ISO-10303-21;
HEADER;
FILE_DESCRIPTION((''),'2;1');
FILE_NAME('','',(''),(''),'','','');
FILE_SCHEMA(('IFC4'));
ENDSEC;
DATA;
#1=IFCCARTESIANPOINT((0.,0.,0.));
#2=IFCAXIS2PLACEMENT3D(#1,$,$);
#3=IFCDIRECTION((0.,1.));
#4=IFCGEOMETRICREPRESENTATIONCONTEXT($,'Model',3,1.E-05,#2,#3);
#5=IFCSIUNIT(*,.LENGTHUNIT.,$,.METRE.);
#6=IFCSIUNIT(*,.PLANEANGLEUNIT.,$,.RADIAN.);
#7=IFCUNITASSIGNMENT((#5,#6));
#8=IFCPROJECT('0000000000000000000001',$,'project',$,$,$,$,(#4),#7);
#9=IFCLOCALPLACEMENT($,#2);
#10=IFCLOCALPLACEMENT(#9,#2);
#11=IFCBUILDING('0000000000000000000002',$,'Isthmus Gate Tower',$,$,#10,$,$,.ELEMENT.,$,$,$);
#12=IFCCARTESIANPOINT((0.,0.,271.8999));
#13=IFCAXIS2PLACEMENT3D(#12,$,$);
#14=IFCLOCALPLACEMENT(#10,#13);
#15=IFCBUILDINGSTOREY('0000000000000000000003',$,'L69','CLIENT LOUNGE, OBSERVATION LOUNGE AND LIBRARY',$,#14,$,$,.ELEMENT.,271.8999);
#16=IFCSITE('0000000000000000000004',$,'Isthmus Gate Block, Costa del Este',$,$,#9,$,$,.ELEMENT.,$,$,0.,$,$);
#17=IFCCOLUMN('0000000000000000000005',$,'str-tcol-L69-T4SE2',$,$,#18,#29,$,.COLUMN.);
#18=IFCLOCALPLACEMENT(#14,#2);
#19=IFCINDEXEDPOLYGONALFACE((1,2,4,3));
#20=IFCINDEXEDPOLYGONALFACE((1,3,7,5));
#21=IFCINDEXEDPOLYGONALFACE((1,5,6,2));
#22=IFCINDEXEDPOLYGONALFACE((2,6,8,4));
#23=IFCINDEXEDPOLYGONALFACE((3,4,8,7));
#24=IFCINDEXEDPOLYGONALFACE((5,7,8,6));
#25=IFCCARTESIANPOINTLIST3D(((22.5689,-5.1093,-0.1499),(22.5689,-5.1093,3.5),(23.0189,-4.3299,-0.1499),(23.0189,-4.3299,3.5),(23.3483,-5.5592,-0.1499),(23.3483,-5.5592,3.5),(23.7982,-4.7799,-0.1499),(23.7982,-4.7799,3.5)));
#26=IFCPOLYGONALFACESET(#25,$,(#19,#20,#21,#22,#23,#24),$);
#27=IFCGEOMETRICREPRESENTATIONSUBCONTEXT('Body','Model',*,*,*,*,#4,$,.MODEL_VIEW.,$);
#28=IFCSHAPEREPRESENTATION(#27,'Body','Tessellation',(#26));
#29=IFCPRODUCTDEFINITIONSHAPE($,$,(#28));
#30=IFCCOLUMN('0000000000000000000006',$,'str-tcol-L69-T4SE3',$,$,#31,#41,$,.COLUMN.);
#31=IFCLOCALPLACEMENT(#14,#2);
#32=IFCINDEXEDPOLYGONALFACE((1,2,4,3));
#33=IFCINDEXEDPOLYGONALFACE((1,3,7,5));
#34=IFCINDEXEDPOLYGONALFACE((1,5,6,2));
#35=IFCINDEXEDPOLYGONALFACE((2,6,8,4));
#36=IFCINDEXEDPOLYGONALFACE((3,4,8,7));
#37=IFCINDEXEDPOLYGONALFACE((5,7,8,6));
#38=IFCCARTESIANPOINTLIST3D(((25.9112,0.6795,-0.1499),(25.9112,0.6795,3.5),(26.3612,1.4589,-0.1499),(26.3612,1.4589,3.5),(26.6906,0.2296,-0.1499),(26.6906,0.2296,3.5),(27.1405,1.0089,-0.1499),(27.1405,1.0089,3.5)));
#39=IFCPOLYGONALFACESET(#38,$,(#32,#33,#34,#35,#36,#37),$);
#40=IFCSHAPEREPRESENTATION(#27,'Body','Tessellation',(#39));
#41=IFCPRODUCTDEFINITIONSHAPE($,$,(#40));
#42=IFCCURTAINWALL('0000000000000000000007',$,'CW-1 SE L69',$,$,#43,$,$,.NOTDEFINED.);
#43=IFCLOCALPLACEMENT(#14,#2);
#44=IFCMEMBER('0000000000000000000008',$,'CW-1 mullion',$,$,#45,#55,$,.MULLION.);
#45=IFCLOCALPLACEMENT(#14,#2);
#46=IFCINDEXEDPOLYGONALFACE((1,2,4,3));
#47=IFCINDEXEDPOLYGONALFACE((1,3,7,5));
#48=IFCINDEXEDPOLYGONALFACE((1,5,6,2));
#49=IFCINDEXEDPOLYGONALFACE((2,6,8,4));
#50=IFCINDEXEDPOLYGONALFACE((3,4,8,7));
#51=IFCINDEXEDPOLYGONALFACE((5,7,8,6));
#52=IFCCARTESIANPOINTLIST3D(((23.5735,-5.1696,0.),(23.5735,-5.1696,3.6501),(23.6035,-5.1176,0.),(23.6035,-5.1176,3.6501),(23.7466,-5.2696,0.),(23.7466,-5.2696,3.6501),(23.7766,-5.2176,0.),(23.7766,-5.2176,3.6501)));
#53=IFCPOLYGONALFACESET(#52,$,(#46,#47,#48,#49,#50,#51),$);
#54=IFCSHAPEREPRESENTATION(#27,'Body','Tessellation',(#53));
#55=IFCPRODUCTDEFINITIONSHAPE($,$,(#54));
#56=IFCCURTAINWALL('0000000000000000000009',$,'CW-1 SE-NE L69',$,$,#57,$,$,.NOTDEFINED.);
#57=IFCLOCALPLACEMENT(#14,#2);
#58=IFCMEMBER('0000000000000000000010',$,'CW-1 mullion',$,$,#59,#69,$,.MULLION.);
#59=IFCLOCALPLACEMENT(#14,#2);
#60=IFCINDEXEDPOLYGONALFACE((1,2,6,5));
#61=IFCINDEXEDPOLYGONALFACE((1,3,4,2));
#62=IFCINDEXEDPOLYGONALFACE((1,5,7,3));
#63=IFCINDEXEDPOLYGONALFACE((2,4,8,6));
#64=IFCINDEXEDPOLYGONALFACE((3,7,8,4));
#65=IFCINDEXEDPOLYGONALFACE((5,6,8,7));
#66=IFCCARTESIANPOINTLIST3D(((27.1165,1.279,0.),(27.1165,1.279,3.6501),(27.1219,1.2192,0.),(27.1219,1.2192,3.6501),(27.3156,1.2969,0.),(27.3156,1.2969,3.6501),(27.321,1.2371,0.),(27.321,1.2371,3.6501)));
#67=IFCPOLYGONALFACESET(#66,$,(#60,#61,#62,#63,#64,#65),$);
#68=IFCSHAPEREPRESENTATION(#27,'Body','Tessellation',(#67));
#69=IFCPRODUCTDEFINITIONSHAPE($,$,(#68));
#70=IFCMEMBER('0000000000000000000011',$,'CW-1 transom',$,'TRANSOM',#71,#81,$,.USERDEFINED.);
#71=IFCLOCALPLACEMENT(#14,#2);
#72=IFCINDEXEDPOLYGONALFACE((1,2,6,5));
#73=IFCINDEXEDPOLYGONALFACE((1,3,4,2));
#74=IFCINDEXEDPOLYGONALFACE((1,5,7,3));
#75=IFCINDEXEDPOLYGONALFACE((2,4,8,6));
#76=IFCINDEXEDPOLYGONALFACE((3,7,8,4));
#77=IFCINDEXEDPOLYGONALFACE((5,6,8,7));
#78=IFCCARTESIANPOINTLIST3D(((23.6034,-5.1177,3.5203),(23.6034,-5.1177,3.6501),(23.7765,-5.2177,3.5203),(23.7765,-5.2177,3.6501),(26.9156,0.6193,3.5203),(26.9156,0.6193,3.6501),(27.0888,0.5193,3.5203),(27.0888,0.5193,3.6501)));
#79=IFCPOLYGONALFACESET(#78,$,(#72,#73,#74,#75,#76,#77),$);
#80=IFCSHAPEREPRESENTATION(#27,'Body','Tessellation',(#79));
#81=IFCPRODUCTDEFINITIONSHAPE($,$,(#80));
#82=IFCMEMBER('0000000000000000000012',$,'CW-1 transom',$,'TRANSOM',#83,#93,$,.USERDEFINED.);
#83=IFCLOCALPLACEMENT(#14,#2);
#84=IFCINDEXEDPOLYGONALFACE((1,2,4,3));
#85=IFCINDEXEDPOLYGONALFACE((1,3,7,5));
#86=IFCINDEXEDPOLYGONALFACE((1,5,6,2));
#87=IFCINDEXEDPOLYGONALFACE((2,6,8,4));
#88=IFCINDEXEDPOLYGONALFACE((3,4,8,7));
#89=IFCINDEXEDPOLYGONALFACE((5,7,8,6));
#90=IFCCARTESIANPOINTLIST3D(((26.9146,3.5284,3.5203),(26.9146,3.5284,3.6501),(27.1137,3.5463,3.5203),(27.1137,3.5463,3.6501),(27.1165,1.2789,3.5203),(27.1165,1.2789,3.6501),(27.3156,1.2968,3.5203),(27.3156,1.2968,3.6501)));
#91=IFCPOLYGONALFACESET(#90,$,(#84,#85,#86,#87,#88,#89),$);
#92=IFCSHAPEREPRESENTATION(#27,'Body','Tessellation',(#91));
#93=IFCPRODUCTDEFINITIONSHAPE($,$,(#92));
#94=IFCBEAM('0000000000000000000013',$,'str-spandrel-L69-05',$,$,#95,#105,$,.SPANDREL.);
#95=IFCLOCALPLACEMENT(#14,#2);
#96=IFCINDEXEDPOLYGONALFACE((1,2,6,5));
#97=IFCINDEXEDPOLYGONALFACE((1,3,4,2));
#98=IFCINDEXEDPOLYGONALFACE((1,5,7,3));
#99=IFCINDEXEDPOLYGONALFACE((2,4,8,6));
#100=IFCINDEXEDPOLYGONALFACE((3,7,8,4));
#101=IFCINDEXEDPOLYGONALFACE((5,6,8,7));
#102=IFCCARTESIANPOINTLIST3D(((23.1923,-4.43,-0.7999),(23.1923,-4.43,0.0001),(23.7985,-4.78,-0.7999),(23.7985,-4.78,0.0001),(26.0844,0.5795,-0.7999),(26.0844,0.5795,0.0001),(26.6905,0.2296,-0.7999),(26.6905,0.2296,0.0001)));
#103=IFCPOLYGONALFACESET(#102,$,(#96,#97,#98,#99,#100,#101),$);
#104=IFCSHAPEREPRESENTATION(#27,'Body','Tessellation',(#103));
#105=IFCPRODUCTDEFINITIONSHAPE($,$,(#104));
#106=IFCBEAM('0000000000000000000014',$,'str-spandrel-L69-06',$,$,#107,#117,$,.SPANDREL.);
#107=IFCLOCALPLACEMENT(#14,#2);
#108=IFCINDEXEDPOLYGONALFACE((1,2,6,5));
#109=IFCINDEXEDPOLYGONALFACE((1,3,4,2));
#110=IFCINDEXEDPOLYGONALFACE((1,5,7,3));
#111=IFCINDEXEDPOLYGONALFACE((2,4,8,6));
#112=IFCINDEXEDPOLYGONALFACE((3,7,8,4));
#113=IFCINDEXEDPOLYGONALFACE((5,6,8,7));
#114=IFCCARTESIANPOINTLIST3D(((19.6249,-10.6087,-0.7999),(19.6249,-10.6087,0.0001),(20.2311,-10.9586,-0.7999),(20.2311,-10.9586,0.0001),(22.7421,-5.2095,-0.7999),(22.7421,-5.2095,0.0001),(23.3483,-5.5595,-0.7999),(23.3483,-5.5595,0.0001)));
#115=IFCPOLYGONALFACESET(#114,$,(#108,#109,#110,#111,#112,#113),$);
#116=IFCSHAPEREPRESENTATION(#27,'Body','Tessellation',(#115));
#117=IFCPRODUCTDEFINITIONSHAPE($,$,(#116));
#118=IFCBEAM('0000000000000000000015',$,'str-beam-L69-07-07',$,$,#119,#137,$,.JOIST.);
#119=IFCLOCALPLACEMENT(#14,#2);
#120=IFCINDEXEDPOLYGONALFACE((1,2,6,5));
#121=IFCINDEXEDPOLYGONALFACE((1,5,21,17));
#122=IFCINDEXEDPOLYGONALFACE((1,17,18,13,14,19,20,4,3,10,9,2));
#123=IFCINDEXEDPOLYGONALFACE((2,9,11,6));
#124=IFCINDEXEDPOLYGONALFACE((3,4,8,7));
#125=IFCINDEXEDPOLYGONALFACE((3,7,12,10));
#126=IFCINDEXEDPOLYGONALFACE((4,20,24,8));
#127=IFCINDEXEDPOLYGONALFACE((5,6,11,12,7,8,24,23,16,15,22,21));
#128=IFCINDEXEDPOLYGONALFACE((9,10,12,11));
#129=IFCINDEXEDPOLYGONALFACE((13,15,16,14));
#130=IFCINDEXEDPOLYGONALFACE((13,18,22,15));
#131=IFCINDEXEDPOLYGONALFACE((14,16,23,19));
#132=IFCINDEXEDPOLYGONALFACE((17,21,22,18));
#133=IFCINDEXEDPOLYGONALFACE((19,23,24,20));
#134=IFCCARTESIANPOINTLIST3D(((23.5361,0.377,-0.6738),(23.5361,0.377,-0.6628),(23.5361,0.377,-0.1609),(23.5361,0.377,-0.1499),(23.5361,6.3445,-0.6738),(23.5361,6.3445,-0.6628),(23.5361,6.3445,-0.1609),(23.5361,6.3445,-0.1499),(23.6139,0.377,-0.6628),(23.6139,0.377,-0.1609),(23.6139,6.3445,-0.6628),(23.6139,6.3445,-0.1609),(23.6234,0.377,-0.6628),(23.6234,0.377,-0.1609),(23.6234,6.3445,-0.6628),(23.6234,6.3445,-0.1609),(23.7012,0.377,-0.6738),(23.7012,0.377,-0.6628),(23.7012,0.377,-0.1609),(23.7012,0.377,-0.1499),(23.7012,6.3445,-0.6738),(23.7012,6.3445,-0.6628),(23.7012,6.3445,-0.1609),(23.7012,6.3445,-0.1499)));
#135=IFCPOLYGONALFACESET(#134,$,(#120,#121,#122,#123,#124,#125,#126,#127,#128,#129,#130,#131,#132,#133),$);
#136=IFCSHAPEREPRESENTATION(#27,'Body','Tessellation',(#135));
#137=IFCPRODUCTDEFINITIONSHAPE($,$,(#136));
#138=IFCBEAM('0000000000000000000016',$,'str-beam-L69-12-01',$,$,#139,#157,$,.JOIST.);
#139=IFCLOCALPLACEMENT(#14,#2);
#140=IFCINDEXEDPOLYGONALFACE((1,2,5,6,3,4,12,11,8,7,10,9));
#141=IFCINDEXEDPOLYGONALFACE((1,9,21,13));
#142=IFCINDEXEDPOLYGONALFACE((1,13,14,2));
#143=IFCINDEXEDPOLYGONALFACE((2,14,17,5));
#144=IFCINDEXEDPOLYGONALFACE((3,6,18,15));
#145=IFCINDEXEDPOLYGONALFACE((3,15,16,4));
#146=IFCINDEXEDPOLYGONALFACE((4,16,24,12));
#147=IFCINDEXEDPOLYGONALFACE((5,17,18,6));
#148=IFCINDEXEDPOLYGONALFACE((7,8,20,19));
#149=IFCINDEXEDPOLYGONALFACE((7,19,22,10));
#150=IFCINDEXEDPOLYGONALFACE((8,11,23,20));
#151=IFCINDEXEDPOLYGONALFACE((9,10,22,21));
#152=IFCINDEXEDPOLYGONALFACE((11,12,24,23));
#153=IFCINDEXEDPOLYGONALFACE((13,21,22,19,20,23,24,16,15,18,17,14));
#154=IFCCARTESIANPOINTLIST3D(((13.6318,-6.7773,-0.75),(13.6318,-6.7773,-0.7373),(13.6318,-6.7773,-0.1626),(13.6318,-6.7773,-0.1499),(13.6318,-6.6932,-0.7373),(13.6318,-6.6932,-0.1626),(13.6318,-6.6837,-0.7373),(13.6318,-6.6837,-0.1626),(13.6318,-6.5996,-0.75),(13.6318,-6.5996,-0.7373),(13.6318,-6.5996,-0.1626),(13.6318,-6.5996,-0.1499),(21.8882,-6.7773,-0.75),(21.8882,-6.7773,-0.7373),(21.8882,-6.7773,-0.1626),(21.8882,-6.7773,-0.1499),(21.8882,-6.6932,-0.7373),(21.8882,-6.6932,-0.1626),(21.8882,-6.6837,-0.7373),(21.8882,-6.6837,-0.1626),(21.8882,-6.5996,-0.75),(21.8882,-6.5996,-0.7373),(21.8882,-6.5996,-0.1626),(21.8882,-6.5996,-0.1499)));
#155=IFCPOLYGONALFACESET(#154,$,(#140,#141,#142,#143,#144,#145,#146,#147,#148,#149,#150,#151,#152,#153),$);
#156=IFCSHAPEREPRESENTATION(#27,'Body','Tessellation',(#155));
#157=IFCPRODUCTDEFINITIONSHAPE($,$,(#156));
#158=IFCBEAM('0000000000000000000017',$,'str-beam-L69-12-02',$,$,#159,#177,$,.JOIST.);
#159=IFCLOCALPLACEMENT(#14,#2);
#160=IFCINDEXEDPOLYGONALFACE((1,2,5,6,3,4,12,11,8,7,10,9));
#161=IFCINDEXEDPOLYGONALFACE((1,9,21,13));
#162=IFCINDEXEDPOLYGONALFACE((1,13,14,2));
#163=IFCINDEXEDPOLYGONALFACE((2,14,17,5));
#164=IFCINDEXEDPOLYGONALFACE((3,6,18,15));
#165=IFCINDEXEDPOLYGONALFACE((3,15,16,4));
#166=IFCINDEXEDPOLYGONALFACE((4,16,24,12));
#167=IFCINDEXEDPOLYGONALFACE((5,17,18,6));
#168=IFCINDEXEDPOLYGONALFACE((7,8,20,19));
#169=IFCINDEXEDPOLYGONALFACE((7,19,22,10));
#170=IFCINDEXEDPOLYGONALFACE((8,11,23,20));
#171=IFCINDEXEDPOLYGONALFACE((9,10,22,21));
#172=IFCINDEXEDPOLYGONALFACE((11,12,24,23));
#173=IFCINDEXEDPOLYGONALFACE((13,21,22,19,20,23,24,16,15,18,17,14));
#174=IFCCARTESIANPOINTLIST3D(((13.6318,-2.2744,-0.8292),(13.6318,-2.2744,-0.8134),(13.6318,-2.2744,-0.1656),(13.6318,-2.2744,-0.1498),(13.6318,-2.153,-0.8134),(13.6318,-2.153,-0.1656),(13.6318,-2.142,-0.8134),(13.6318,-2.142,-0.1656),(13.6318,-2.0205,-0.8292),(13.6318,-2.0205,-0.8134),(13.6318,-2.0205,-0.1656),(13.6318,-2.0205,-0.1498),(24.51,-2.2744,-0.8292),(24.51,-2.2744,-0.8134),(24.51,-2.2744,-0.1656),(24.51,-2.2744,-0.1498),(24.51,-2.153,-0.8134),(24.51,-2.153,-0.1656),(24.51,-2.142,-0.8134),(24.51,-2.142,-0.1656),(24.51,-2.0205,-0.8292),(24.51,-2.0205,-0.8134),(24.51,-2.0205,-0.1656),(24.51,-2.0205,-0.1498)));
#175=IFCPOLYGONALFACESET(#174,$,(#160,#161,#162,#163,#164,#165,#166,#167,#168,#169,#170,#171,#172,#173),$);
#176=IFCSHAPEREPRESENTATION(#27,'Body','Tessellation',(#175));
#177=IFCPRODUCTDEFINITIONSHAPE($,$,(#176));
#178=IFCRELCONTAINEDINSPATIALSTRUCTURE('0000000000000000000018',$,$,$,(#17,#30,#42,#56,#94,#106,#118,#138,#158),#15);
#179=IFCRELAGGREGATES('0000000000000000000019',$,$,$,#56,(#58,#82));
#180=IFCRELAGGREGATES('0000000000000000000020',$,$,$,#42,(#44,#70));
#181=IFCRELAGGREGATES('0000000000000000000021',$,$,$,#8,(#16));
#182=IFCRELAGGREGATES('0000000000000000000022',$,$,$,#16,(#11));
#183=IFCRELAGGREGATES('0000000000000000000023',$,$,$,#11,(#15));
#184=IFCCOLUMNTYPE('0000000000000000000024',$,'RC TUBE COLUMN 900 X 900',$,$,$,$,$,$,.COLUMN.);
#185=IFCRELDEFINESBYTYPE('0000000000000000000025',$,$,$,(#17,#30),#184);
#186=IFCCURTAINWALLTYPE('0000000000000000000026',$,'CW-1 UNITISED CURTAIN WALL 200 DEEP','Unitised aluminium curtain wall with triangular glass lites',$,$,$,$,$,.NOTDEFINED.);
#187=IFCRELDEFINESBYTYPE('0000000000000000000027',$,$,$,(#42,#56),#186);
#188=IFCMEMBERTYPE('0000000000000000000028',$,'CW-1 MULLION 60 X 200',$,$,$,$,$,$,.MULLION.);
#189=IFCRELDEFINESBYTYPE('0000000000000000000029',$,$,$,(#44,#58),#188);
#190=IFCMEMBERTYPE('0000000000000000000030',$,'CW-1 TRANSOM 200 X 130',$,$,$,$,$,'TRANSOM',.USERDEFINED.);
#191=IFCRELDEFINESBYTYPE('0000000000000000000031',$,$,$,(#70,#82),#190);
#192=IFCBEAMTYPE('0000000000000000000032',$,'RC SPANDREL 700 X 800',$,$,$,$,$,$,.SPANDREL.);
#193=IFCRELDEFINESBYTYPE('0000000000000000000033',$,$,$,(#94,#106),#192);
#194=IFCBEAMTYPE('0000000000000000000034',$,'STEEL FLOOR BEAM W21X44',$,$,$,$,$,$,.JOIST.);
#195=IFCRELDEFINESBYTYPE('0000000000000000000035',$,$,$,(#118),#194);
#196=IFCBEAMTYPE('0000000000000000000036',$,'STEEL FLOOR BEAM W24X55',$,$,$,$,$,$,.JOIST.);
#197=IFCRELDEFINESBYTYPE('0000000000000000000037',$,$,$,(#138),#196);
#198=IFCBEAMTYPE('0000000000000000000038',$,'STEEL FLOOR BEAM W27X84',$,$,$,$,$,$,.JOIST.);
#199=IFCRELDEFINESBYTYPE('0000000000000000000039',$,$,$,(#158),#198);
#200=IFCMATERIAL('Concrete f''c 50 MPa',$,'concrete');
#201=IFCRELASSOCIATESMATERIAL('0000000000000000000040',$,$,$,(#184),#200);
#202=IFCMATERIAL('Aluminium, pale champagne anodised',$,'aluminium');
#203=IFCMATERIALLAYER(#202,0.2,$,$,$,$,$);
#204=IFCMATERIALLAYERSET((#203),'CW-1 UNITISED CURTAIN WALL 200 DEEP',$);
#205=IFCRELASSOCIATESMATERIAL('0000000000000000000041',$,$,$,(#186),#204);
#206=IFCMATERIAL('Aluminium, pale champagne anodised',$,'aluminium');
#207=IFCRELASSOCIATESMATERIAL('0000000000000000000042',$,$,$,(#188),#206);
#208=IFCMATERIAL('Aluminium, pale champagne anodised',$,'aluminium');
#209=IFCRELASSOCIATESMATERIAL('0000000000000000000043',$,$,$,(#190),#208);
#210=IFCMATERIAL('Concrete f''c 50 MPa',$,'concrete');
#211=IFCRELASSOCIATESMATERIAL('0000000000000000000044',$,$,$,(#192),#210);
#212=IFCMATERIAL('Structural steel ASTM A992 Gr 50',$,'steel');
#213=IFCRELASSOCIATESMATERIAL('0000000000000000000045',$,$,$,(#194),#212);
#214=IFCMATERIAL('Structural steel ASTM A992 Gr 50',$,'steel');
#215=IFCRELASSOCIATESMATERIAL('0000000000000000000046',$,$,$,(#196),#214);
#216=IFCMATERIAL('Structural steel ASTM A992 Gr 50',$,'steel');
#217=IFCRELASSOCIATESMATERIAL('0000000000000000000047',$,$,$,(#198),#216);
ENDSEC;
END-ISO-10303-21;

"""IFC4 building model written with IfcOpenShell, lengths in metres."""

from ifc_helpers import new_model, si_unit, direction, frame, origin, origin_2d, place, context, subcontext, project, spatial, rectangle, i_section, extrude, material, layer, layer_set, material_profile, profile_set, type_object, element, aggregate, save


model = new_model("IFC4")

# Units and contexts
model_context = context("Model", 3, precision=1e-05, world=origin(), true_north=direction((0.0, 1.0)))
body_context = subcontext(model_context, "Body", "Model", "MODEL_VIEW")
ifc_project = project(units=[si_unit("LENGTHUNIT", "METRE"), si_unit("PLANEANGLEUNIT", "RADIAN")], contexts=[model_context])

# Site, building, storey
site_placement = place(None, origin())
site = spatial("IfcSite", under=ifc_project, at=site_placement, Name="Isthmus Gate Block, Costa del Este", CompositionType="ELEMENT", RefElevation=0.0)
building_placement = place(site_placement, origin())
building = spatial("IfcBuilding", under=site, at=building_placement, Name="Isthmus Gate Tower", CompositionType="ELEMENT")
storey_placement = place(building_placement, frame((0.0, 0.0, 271.8999)))
storey = spatial("IfcBuildingStorey", under=building, at=storey_placement, Name="L69", Description="CLIENT LOUNGE, OBSERVATION LOUNGE AND LIBRARY", CompositionType="ELEMENT", Elevation=271.8999)

# Columns
ifc_material_1 = material(Name="Concrete f'c 50 MPa", Category="concrete")
ifc_material_profile_1 = material_profile(ifc_material_1, rectangle(XDim=0.8999, YDim=0.8999, at=origin_2d()), Name="RC 900X900")
ifc_profile_set_1 = profile_set([ifc_material_profile_1], Name="Concrete f'c 50 MPa")
column_type = type_object("IfcColumnType", Name="RC TUBE COLUMN 900 X 900", PredefinedType="COLUMN", material=ifc_profile_set_1)
for number, where, z_axis, x_axis, name in (
    (1, (23.1836, -4.9446, -0.1499), (0.0, 0.0, 1.0), (0.5, 0.866025, 0.0), "str-tcol-L69-T4SE2"),
    (2, (26.5259, 0.8442, -0.1499), (0.0, 0.0, 1.0), (0.5, 0.866025, 0.0), "str-tcol-L69-T4SE3"),
):
    element("IfcColumn", number, at=place(storey_placement, frame(where, z_axis=z_axis, x_axis=x_axis)), inside=storey, type_object=column_type, Name=name, PredefinedType="COLUMN", context=body_context, shape_type="SweptSolid", body=[
        extrude(rectangle(XDim=0.8999, YDim=0.8999, at=origin_2d()), origin(), (0.0, 0.0, 1.0), 3.6499),
    ])

# Curtain walls, members
ifc_material_2 = material(Name="Aluminium, pale champagne anodised", Category="aluminium")
ifc_layer_1 = layer(ifc_material_2, 0.2)
ifc_layer_set_1 = layer_set([ifc_layer_1], Name="CW-1 UNITISED CURTAIN WALL 200 DEEP")
curtain_wall_type = type_object("IfcCurtainWallType", Name="CW-1 UNITISED CURTAIN WALL 200 DEEP", Description="Unitised aluminium curtain wall with triangular glass lites", PredefinedType="NOTDEFINED", material=ifc_layer_set_1)
curtain_wall_1_placement = place(storey_placement, origin())
curtain_wall_1 = element("IfcCurtainWall", 3, at=curtain_wall_1_placement, inside=storey, type_object=curtain_wall_type, Name="CW-1 SE L69", PredefinedType="NOTDEFINED")
ifc_material_3 = material(Name="Aluminium, pale champagne anodised", Category="aluminium")
ifc_material_profile_2 = material_profile(ifc_material_3, rectangle(XDim=0.0601, YDim=0.2, at=origin_2d()), Name="60x200")
ifc_profile_set_2 = profile_set([ifc_material_profile_2], Name="Aluminium, pale champagne anodised")
member_type_1 = type_object("IfcMemberType", Name="CW-1 MULLION 60 X 200", PredefinedType="MULLION", material=ifc_profile_set_2)
member_1_placement = place(storey_placement, frame((23.675, -5.1936, 0.0), z_axis=(0.0, 0.0, 1.0), x_axis=(0.5, 0.866025, 0.0)))
member_1 = element("IfcMember", 4, at=member_1_placement, type_object=member_type_1, Name="CW-1 mullion", PredefinedType="MULLION", context=body_context, shape_type="SweptSolid", body=[
    extrude(rectangle(XDim=0.0601, YDim=0.2, at=origin_2d()), origin(), (0.0, 0.0, 1.0), 3.6501),
])
curtain_wall_2_placement = place(storey_placement, origin())
curtain_wall_2 = element("IfcCurtainWall", 5, at=curtain_wall_2_placement, inside=storey, type_object=curtain_wall_type, Name="CW-1 SE-NE L69", PredefinedType="NOTDEFINED")
member_2_placement = place(storey_placement, frame((27.2188, 1.2581, 0.0), z_axis=(0.0, 0.0, 1.0), x_axis=(-0.089397, 0.995996, 0.0)))
member_2 = element("IfcMember", 6, at=member_2_placement, type_object=member_type_1, Name="CW-1 mullion", PredefinedType="MULLION", context=body_context, shape_type="SweptSolid", body=[
    extrude(rectangle(XDim=0.0601, YDim=0.2, at=origin_2d()), origin(), (0.0, 0.0, 1.0), 3.6501),
])

# Members
ifc_material_4 = material(Name="Aluminium, pale champagne anodised", Category="aluminium")
ifc_material_profile_3 = material_profile(ifc_material_4, rectangle(XDim=0.2, YDim=0.1299, at=origin_2d()), Name="200x130")
ifc_profile_set_3 = profile_set([ifc_material_profile_3], Name="Aluminium, pale champagne anodised")
member_type_2 = type_object("IfcMemberType", Name="CW-1 TRANSOM 200 X 130", ElementType="TRANSOM", PredefinedType="USERDEFINED", material=ifc_profile_set_3)
member_3_placement = place(storey_placement, frame((23.6899, -5.1677, 3.5852), z_axis=(0.499996, 0.866028, 0.0), x_axis=(-0.866028, 0.499996, 0.0)))
member_3 = element("IfcMember", 7, at=member_3_placement, type_object=member_type_2, Name="CW-1 transom", ObjectType="TRANSOM", PredefinedType="USERDEFINED", context=body_context, shape_type="SweptSolid", body=[
    extrude(rectangle(XDim=0.2, YDim=0.1299, at=origin_2d()), origin(), (0.0, 0.0, 1.0), 6.6245),
])
member_4_placement = place(storey_placement, frame((27.2161, 1.2878, 3.5852), z_axis=(-0.089395, 0.995996, 0.0), x_axis=(-0.995996, -0.089395, 0.0)))
member_4 = element("IfcMember", 8, at=member_4_placement, type_object=member_type_2, Name="CW-1 transom", ObjectType="TRANSOM", PredefinedType="USERDEFINED", context=body_context, shape_type="SweptSolid", body=[
    extrude(rectangle(XDim=0.2, YDim=0.1299, at=origin_2d()), origin(), (0.0, 0.0, 1.0), 2.2585),
])
aggregate(curtain_wall_2, [member_2, member_4])

# Beams
ifc_material_5 = material(Name="Concrete f'c 50 MPa", Category="concrete")
ifc_material_profile_4 = material_profile(ifc_material_5, rectangle(XDim=0.7, YDim=0.8, at=origin_2d()), Name="RC 700X800")
ifc_profile_set_4 = profile_set([ifc_material_profile_4], Name="Concrete f'c 50 MPa")
beam_type_1 = type_object("IfcBeamType", Name="RC SPANDREL 700 X 800", PredefinedType="SPANDREL", material=ifc_profile_set_4)
beam_1_placement = place(storey_placement, frame((26.3875, 0.4045, -0.3999), z_axis=(-0.499979, -0.866037, 0.0), x_axis=(0.866037, -0.499979, 0.0)))
element("IfcBeam", 9, at=beam_1_placement, inside=storey, type_object=beam_type_1, Name="str-spandrel-L69-05", PredefinedType="SPANDREL", context=body_context, shape_type="SweptSolid", body=[
    extrude(rectangle(XDim=0.7, YDim=0.8, at=origin_2d()), origin(), (0.0, 0.0, 1.0), 5.7844),
])
beam_2_placement = place(storey_placement, frame((23.0452, -5.3845, -0.3999), z_axis=(-0.499997, -0.866027, 0.0), x_axis=(0.866027, -0.499997, 0.0)))
element("IfcBeam", 10, at=beam_2_placement, inside=storey, type_object=beam_type_1, Name="str-spandrel-L69-06", PredefinedType="SPANDREL", context=body_context, shape_type="SweptSolid", body=[
    extrude(rectangle(XDim=0.7, YDim=0.8, at=origin_2d()), origin(), (0.0, 0.0, 1.0), 6.2344),
])
ifc_material_6 = material(Name="Structural steel ASTM A992 Gr 50", Category="steel")
ifc_material_profile_5 = material_profile(ifc_material_6, i_section(OverallWidth=0.165, OverallDepth=0.5239, WebThickness=0.0095, FlangeThickness=0.011, at=origin_2d()), Name="W21X44")
ifc_profile_set_5 = profile_set([ifc_material_profile_5], Name="Structural steel ASTM A992 Gr 50")
beam_type_2 = type_object("IfcBeamType", Name="STEEL FLOOR BEAM W21X44", PredefinedType="JOIST", material=ifc_profile_set_5)
beam_3_placement = place(storey_placement, frame((23.6187, 0.377, -0.4119), z_axis=(0.0, 1.0, 0.0), x_axis=(-1.0, 0.0, 0.0)))
element("IfcBeam", 11, at=beam_3_placement, inside=storey, type_object=beam_type_2, Name="str-beam-L69-07-07", PredefinedType="JOIST", context=body_context, shape_type="SweptSolid", body=[
    extrude(i_section(OverallWidth=0.165, OverallDepth=0.5239, WebThickness=0.0095, FlangeThickness=0.011, at=origin_2d()), origin(), (0.0, 0.0, 1.0), 5.9675),
])
ifc_material_7 = material(Name="Structural steel ASTM A992 Gr 50", Category="steel")
ifc_material_profile_6 = material_profile(ifc_material_7, i_section(OverallWidth=0.1777, OverallDepth=0.6001, WebThickness=0.0095, FlangeThickness=0.0127, at=origin_2d()), Name="W24X55")
ifc_profile_set_6 = profile_set([ifc_material_profile_6], Name="Structural steel ASTM A992 Gr 50")
beam_type_3 = type_object("IfcBeamType", Name="STEEL FLOOR BEAM W24X55", PredefinedType="JOIST", material=ifc_profile_set_6)
beam_4_placement = place(storey_placement, frame((13.6318, -6.6885, -0.45), z_axis=(1.0, 0.0, 0.0), x_axis=(0.0, 1.0, 0.0)))
element("IfcBeam", 12, at=beam_4_placement, inside=storey, type_object=beam_type_3, Name="str-beam-L69-12-01", PredefinedType="JOIST", context=body_context, shape_type="SweptSolid", body=[
    extrude(i_section(OverallWidth=0.1777, OverallDepth=0.6001, WebThickness=0.0095, FlangeThickness=0.0127, at=origin_2d()), origin(), (0.0, 0.0, 1.0), 8.2563),
])
ifc_material_8 = material(Name="Structural steel ASTM A992 Gr 50", Category="steel")
ifc_material_profile_7 = material_profile(ifc_material_8, i_section(OverallWidth=0.2539, OverallDepth=0.6794, WebThickness=0.011, FlangeThickness=0.0159, at=origin_2d()), Name="W27X84")
ifc_profile_set_7 = profile_set([ifc_material_profile_7], Name="Structural steel ASTM A992 Gr 50")
beam_type_4 = type_object("IfcBeamType", Name="STEEL FLOOR BEAM W27X84", PredefinedType="JOIST", material=ifc_profile_set_7)
beam_5_placement = place(storey_placement, frame((13.6318, -2.1475, -0.4895), z_axis=(1.0, 0.0, 0.0), x_axis=(0.0, 1.0, 0.0)))
element("IfcBeam", 13, at=beam_5_placement, inside=storey, type_object=beam_type_4, Name="str-beam-L69-12-02", PredefinedType="JOIST", context=body_context, shape_type="SweptSolid", body=[
    extrude(i_section(OverallWidth=0.2539, OverallDepth=0.6794, WebThickness=0.011, FlangeThickness=0.0159, at=origin_2d()), origin(), (0.0, 0.0, 1.0), 10.8782),
])

aggregate(curtain_wall_1, [member_1, member_3])

save(model, "model.ifc")
